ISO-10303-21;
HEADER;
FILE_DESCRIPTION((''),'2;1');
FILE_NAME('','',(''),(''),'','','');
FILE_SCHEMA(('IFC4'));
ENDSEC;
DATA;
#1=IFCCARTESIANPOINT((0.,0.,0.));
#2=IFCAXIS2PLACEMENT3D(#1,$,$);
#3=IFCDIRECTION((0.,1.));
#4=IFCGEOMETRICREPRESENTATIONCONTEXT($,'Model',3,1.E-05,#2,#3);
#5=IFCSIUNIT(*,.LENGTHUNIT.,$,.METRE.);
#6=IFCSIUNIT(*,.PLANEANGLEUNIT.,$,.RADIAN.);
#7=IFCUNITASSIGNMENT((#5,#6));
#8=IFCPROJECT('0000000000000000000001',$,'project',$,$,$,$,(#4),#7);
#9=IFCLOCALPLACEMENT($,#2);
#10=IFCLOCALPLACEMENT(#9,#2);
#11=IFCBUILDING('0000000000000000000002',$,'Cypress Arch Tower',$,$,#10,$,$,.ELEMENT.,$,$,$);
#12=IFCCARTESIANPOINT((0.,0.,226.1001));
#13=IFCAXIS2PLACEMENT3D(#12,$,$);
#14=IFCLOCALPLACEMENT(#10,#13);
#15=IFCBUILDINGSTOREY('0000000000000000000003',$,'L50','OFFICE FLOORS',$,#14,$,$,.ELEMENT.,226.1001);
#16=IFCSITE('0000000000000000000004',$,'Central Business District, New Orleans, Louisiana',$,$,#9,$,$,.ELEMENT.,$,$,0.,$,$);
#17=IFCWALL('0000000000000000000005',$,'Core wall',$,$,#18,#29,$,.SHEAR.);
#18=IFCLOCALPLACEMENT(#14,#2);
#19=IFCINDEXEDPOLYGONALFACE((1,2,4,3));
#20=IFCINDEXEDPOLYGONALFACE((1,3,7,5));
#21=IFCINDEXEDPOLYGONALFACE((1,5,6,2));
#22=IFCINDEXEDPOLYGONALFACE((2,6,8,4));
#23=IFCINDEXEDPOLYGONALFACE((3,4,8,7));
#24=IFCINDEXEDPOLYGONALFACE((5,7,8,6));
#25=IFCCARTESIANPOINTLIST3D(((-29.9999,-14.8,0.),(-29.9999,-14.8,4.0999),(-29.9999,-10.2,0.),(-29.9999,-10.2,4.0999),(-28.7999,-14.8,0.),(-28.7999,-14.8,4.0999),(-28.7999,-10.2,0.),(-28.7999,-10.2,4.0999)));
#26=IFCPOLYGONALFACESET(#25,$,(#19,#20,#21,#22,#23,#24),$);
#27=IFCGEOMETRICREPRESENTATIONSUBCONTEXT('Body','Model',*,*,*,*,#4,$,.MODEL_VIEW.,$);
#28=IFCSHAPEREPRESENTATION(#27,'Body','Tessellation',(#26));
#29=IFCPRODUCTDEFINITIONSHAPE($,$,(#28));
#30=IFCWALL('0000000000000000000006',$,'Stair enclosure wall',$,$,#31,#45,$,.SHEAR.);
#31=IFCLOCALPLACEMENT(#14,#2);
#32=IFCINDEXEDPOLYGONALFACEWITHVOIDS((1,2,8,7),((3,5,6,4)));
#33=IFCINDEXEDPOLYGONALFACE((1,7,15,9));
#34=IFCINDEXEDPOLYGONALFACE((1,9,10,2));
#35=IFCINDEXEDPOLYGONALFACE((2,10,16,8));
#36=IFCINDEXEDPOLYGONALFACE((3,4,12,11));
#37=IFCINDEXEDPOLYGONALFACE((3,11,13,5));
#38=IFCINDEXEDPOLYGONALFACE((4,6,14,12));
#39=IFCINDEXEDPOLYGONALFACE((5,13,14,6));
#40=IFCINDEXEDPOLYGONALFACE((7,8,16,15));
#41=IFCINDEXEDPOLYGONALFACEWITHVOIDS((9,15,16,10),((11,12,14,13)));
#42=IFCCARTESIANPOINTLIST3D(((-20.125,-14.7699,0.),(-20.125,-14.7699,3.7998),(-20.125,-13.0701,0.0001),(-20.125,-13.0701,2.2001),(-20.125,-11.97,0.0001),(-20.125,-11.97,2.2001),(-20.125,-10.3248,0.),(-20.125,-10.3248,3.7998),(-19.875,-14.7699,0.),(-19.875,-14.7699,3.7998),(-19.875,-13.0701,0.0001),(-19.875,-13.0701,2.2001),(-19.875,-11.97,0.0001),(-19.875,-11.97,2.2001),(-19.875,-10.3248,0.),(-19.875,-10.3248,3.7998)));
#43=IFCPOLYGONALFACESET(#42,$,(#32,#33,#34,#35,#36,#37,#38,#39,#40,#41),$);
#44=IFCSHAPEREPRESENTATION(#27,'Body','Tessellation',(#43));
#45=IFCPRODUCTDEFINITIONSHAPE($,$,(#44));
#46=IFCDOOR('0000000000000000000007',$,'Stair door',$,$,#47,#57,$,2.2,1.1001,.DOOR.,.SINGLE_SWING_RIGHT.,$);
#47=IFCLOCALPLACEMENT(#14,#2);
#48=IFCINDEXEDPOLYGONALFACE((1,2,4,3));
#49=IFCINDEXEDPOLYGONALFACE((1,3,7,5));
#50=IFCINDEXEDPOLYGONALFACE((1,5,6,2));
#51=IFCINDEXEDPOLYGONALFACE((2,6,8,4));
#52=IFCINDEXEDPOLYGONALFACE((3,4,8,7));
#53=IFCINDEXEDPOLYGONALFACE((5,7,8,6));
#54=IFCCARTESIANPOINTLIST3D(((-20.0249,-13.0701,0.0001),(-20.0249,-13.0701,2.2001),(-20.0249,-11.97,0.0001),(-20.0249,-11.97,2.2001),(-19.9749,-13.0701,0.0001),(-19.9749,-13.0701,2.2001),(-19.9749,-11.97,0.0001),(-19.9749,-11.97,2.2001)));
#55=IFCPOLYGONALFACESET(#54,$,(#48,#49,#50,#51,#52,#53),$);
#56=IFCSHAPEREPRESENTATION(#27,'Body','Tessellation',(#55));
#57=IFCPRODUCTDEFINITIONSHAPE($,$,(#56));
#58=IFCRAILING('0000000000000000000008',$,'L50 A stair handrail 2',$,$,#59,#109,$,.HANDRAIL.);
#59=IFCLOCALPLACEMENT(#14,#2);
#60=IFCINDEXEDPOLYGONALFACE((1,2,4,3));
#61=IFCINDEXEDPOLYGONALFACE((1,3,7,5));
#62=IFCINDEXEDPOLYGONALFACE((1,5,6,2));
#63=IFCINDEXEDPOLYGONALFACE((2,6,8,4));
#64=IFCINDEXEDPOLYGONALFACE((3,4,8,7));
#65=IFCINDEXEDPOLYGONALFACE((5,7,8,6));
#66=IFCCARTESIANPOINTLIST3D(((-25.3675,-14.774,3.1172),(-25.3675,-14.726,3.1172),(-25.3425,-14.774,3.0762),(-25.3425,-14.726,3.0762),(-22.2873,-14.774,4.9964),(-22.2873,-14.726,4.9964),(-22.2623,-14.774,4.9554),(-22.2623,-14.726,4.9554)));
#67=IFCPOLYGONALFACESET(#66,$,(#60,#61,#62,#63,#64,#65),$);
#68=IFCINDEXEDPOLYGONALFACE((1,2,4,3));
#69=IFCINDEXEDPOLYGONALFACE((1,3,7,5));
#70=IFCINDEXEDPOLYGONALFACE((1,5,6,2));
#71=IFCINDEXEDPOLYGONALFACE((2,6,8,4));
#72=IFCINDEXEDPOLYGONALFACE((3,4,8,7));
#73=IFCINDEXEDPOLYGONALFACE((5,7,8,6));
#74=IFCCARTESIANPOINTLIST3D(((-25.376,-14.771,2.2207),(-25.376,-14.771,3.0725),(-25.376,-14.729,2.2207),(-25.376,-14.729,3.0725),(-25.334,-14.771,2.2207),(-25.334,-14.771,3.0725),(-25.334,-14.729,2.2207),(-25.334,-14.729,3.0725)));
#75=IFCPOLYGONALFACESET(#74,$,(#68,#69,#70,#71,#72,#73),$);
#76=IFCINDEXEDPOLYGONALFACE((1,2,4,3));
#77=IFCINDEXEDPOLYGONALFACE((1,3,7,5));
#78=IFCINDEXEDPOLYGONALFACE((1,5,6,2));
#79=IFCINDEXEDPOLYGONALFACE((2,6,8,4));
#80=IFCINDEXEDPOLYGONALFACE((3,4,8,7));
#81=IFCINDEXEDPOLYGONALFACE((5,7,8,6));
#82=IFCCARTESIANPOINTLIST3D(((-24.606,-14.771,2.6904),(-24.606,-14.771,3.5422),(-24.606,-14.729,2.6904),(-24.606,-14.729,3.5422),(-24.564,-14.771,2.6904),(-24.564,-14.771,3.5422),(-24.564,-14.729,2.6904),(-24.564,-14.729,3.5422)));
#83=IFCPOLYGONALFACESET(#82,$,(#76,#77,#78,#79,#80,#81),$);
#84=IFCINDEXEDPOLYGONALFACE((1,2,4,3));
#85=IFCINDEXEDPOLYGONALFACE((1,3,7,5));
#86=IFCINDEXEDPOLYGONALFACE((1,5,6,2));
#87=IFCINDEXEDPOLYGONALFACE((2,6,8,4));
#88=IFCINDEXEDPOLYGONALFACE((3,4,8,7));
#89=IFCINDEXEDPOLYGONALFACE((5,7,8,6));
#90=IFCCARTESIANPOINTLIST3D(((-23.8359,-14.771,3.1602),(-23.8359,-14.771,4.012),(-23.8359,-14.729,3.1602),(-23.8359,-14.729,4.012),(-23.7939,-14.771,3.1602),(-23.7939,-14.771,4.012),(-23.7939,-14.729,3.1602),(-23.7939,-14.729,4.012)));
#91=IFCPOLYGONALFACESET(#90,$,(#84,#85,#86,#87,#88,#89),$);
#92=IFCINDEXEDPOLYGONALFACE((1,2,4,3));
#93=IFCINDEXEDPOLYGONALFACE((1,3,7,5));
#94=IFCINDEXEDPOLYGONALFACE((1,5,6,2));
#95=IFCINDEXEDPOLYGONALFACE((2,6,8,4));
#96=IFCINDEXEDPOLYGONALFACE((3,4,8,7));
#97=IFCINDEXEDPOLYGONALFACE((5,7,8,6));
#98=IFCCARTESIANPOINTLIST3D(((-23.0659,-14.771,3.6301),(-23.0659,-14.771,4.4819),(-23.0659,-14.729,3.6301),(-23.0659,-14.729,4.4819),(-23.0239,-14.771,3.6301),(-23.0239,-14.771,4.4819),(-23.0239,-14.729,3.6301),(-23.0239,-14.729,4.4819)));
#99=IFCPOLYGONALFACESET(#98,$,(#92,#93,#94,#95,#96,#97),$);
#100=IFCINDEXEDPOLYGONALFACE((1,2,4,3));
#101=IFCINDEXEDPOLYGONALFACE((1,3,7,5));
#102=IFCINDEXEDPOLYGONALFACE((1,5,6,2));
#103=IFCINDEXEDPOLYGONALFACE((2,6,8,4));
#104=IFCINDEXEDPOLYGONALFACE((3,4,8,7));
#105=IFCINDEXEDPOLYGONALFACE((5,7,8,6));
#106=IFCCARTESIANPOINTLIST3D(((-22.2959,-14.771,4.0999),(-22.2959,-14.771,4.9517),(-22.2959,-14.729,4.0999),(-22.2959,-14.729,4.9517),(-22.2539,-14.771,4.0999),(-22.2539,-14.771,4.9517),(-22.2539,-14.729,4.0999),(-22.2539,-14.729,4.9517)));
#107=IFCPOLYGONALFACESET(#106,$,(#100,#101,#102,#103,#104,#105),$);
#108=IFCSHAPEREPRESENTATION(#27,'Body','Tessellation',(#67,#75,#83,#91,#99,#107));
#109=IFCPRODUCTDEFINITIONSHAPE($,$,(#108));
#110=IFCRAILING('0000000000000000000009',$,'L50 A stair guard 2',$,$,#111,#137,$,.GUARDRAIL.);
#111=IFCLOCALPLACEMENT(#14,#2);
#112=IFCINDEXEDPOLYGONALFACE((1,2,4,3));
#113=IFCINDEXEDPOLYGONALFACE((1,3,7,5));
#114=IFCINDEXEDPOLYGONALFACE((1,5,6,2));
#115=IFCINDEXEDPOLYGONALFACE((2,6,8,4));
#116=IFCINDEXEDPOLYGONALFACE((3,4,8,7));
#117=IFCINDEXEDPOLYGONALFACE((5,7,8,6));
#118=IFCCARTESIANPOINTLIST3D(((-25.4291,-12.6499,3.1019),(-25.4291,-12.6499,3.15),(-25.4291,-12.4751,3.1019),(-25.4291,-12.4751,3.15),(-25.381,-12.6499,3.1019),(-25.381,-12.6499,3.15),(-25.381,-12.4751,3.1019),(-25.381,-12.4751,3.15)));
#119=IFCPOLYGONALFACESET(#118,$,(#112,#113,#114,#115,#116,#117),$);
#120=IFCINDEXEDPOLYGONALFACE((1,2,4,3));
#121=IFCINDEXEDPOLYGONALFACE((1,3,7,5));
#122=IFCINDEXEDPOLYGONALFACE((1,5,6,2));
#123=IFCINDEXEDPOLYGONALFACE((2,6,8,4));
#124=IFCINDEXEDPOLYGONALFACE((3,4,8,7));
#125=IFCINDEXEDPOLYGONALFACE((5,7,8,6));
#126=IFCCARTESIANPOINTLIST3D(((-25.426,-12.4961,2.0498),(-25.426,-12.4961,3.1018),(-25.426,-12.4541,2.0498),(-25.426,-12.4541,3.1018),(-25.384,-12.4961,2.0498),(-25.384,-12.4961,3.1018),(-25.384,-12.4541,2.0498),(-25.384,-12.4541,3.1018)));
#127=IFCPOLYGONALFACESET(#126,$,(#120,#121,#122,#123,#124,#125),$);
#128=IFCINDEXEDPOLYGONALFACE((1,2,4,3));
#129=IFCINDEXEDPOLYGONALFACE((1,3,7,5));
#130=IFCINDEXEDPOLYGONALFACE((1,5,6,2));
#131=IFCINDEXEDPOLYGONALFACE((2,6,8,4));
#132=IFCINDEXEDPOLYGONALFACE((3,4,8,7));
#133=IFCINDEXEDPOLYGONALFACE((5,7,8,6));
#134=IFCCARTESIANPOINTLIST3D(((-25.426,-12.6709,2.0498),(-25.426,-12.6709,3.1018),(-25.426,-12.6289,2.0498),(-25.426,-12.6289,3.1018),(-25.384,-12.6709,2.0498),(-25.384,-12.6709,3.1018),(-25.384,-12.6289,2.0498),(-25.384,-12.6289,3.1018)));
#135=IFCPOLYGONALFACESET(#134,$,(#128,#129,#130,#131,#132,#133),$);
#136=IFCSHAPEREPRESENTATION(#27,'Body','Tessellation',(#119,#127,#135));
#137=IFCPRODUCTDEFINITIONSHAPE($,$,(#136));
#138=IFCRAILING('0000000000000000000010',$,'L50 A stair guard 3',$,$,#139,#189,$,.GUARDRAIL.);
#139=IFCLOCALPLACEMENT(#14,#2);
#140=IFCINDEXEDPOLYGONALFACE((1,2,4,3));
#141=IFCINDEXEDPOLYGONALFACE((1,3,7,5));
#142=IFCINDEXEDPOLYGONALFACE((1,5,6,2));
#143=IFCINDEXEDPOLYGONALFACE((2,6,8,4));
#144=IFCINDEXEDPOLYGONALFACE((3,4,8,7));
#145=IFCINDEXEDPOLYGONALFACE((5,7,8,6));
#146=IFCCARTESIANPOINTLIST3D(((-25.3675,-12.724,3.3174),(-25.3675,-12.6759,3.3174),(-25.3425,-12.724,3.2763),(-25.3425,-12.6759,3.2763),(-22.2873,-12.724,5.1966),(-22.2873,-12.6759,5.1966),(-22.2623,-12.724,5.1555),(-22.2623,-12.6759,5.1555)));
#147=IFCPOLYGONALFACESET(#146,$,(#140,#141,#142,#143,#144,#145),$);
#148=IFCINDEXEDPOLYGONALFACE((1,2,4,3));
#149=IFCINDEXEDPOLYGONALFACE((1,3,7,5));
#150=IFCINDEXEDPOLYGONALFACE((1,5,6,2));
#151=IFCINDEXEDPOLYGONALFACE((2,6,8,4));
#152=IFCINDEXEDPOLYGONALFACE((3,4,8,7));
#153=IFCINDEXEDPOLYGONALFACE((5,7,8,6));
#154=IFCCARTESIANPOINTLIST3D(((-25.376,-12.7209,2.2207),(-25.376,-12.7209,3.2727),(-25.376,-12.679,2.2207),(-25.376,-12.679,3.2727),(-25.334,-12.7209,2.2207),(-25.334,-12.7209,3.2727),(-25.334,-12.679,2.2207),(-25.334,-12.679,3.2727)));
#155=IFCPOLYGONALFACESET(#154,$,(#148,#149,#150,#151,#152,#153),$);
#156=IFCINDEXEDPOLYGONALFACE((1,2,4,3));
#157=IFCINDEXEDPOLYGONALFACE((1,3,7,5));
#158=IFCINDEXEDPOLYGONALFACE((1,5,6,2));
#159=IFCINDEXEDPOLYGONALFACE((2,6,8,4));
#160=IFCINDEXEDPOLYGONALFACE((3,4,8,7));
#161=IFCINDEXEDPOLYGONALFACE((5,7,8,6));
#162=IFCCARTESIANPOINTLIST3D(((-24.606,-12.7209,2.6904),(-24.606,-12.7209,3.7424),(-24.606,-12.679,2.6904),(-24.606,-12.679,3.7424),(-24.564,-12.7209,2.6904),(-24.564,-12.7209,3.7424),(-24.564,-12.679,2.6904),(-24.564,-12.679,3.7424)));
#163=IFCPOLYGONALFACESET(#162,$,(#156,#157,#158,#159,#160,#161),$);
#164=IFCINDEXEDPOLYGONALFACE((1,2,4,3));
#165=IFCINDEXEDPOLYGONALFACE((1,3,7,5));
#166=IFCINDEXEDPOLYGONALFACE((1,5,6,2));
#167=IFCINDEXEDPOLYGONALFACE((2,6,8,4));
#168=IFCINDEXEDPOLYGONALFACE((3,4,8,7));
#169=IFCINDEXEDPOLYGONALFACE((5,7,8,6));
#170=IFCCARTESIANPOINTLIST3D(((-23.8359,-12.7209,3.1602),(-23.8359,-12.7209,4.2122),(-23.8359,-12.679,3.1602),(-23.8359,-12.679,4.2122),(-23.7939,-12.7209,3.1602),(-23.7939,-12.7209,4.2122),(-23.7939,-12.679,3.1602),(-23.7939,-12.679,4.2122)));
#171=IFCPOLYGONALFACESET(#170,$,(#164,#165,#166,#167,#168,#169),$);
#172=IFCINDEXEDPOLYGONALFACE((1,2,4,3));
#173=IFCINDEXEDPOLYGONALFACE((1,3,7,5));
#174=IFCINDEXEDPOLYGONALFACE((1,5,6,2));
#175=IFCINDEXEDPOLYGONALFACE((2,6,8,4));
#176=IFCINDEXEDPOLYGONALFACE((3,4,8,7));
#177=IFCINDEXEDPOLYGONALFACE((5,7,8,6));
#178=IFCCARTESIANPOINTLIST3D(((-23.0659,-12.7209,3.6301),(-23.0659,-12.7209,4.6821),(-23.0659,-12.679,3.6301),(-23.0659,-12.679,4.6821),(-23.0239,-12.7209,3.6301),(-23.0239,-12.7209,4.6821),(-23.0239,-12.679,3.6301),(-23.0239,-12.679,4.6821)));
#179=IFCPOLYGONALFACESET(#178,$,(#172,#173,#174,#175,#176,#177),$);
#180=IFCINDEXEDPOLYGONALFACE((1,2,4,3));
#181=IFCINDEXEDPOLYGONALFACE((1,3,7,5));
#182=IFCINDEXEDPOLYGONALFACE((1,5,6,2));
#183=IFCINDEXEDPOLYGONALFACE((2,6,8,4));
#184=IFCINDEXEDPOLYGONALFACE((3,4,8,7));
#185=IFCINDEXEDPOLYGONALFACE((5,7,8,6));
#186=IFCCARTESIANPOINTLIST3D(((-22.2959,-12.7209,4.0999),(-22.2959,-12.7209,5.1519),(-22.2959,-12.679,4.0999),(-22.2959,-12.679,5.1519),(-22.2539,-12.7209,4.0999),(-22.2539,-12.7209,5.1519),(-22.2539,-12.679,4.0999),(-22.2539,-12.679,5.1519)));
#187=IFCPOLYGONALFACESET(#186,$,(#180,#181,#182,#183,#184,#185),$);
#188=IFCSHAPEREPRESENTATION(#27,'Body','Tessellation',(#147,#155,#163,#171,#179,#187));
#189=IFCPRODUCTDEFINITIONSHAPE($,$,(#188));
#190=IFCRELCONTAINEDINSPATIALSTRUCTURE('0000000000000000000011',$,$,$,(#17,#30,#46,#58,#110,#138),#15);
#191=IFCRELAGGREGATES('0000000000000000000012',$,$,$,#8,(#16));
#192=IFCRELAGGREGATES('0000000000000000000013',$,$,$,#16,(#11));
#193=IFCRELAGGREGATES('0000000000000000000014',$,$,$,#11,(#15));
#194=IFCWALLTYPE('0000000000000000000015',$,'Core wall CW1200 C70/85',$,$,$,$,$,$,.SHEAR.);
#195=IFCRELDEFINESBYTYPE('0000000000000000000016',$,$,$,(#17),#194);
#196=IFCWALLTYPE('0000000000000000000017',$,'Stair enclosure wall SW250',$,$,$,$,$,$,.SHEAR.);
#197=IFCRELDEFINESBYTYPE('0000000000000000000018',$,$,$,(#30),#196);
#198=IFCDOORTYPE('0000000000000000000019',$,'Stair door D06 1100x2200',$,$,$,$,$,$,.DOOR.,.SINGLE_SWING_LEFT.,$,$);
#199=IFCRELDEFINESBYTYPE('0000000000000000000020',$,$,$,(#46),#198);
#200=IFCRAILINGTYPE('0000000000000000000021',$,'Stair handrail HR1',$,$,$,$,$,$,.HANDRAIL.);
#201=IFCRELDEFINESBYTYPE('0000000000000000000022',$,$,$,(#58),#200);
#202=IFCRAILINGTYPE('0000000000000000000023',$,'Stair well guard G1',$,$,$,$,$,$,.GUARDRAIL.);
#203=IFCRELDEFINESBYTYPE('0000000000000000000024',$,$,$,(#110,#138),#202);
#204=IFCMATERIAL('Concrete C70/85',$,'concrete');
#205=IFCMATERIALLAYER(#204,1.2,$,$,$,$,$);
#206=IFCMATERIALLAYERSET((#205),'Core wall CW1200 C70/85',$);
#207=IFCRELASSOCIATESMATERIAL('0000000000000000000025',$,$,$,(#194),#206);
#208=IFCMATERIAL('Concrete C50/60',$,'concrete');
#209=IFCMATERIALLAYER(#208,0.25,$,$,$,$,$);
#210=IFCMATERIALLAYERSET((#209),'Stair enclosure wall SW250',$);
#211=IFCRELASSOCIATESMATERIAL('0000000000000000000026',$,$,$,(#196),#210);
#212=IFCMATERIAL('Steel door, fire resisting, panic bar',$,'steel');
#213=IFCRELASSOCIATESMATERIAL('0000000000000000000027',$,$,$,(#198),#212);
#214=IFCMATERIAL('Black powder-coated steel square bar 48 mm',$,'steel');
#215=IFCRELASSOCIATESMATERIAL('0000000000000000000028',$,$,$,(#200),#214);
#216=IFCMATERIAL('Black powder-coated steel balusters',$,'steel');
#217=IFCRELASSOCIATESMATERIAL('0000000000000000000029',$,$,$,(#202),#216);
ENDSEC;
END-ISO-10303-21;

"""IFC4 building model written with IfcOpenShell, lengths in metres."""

from ifc_helpers import new_model, si_unit, direction, frame, frame_2d, origin, origin_2d, place, context, subcontext, project, spatial, rectangle, extrude, material, layer, layer_set, type_object, element, fill, save


model = new_model("IFC4")

# Units and contexts
model_context = context("Model", 3, precision=1e-05, world=origin(), true_north=direction((0.0, 1.0)))
body_context = subcontext(model_context, "Body", "Model", "MODEL_VIEW")
ifc_project = project(units=[si_unit("LENGTHUNIT", "METRE"), si_unit("PLANEANGLEUNIT", "RADIAN")], contexts=[model_context])

# Site, building, storey
site_placement = place(None, origin())
site = spatial("IfcSite", under=ifc_project, at=site_placement, Name="Central Business District, New Orleans, Louisiana", CompositionType="ELEMENT", RefElevation=0.0)
building_placement = place(site_placement, origin())
building = spatial("IfcBuilding", under=site, at=building_placement, Name="Cypress Arch Tower", CompositionType="ELEMENT")
storey_placement = place(building_placement, frame((0.0, 0.0, 226.1001)))
storey = spatial("IfcBuildingStorey", under=building, at=storey_placement, Name="L50", Description="OFFICE FLOORS", CompositionType="ELEMENT", Elevation=226.1001)

# Wall
ifc_material_1 = material(Name="Concrete C70/85", Category="concrete")
ifc_layer_1 = layer(ifc_material_1, 1.2)
ifc_layer_set_1 = layer_set([ifc_layer_1], Name="Core wall CW1200 C70/85")
wall_type_1 = type_object("IfcWallType", Name="Core wall CW1200 C70/85", PredefinedType="SHEAR", material=ifc_layer_set_1)
wall_1_placement = place(storey_placement, frame((-29.3999, -14.8, 0.0), z_axis=(0.0, 0.0, 1.0), x_axis=(0.0, 1.0, 0.0)))
element("IfcWall", 1, at=wall_1_placement, inside=storey, type_object=wall_type_1, Name="Core wall", PredefinedType="SHEAR", context=body_context, shape_type="SweptSolid", body=[
    extrude(rectangle(XDim=4.6001, YDim=1.2, at=frame_2d((2.3, 0.0))), origin(), (0.0, 0.0, 1.0), 4.0999),
])

# Wall, opening, door
ifc_material_2 = material(Name="Concrete C50/60", Category="concrete")
ifc_layer_2 = layer(ifc_material_2, 0.25)
ifc_layer_set_2 = layer_set([ifc_layer_2], Name="Stair enclosure wall SW250")
wall_type_2 = type_object("IfcWallType", Name="Stair enclosure wall SW250", PredefinedType="SHEAR", material=ifc_layer_set_2)
wall_2_placement = place(storey_placement, frame((-20.0, -14.77, 0.0), z_axis=(0.0, 0.0, 1.0), x_axis=(0.0, 1.0, 0.0)))
wall_2 = element("IfcWall", 2, at=wall_2_placement, inside=storey, type_object=wall_type_2, Name="Stair enclosure wall", PredefinedType="SHEAR", context=body_context, shape_type="SweptSolid", body=[
    extrude(rectangle(XDim=4.4451, YDim=0.25, at=frame_2d((2.2227, 0.0))), origin(), (0.0, 0.0, 1.0), 3.7998),
])
opening_1_placement = place(wall_2_placement, frame((1.7, 0.0, 0.0)))
opening_1 = element("IfcOpeningElement", 3, at=opening_1_placement, cuts=wall_2, PredefinedType="OPENING", context=body_context, shape_type="SweptSolid", body=[
    extrude(rectangle(XDim=1.1001, YDim=2.2, at=frame_2d((0.55, 1.1001))), frame((0.0, 0.135, 0.0), z_axis=(0.0, -1.0, 0.0), x_axis=(1.0, 0.0, 0.0)), (0.0, 0.0, 1.0), 0.27),
])
ifc_material_3 = material(Name="Steel door, fire resisting, panic bar", Category="steel")
door_type = type_object("IfcDoorType", Name="Stair door D06 1100x2200", OperationType="SINGLE_SWING_LEFT", PredefinedType="DOOR", material=ifc_material_3)
door_placement = place(opening_1_placement, origin())
door = element("IfcDoor", 4, at=door_placement, inside=storey, type_object=door_type, Name="Stair door", OperationType="SINGLE_SWING_RIGHT", OverallHeight=2.2, OverallWidth=1.1001, PredefinedType="DOOR", context=body_context, shape_type="SweptSolid", body=[
    extrude(rectangle(XDim=1.1001, YDim=2.2, at=frame_2d((0.55, 1.1001))), frame((0.0, 0.0249, 0.0), z_axis=(0.0, -1.0, 0.0), x_axis=(1.0, 0.0, 0.0)), (0.0, 0.0, 1.0), 0.05),
])
fill(opening_1, door)

# Railings
ifc_material_4 = material(Name="Black powder-coated steel square bar 48 mm", Category="steel")
railing_type_1 = type_object("IfcRailingType", Name="Stair handrail HR1", PredefinedType="HANDRAIL", material=ifc_material_4)
railing_1_placement = place(storey_placement, frame((-25.355, -14.75, 2.2207)))
element("IfcRailing", 5, at=railing_1_placement, inside=storey, type_object=railing_type_1, Name="L50 A stair handrail 2", PredefinedType="HANDRAIL", context=body_context, shape_type="SweptSolid", body=[
    extrude(rectangle(XDim=0.0481, YDim=0.0481, at=origin_2d()), frame((0.0, 0.0, 0.876), z_axis=(0.853666, 0.0, 0.52082), x_axis=(0.0, 1.0, 0.0)), (0.0, 0.0, 1.0), 3.6082),
    extrude(rectangle(XDim=0.042, YDim=0.042, at=origin_2d()), origin(), (0.0, 0.0, 1.0), 0.8518),
    extrude(rectangle(XDim=0.042, YDim=0.042, at=origin_2d()), frame((0.77, 0.0, 0.4697)), (0.0, 0.0, 1.0), 0.8518),
    extrude(rectangle(XDim=0.042, YDim=0.042, at=origin_2d()), frame((1.54, 0.0, 0.9395)), (0.0, 0.0, 1.0), 0.8518),
    extrude(rectangle(XDim=0.042, YDim=0.042, at=origin_2d()), frame((2.3101, 0.0, 1.4094)), (0.0, 0.0, 1.0), 0.8518),
    extrude(rectangle(XDim=0.042, YDim=0.042, at=origin_2d()), frame((3.0801, 0.0, 1.8792)), (0.0, 0.0, 1.0), 0.8518),
])
ifc_material_5 = material(Name="Black powder-coated steel balusters", Category="steel")
railing_type_2 = type_object("IfcRailingType", Name="Stair well guard G1", PredefinedType="GUARDRAIL", material=ifc_material_5)
railing_2_placement = place(storey_placement, frame((-25.405, -12.4751, 2.0498)))
element("IfcRailing", 6, at=railing_2_placement, inside=storey, type_object=railing_type_2, Name="L50 A stair guard 2", PredefinedType="GUARDRAIL", context=body_context, shape_type="SweptSolid", body=[
    extrude(rectangle(XDim=0.0481, YDim=0.0481, at=origin_2d()), frame((0.0, 0.0, 1.0762), z_axis=(0.0, -1.0, 0.0), x_axis=(1.0, 0.0, 0.0)), (0.0, 0.0, 1.0), 0.1748),
    extrude(rectangle(XDim=0.042, YDim=0.042, at=origin_2d()), origin(), (0.0, 0.0, 1.0), 1.052),
    extrude(rectangle(XDim=0.042, YDim=0.042, at=origin_2d()), frame((0.0, -0.1748, 0.0)), (0.0, 0.0, 1.0), 1.052),
])
railing_3_placement = place(storey_placement, frame((-25.355, -12.7, 2.2207)))
element("IfcRailing", 7, at=railing_3_placement, inside=storey, type_object=railing_type_2, Name="L50 A stair guard 3", PredefinedType="GUARDRAIL", context=body_context, shape_type="SweptSolid", body=[
    extrude(rectangle(XDim=0.0481, YDim=0.0481, at=origin_2d()), frame((0.0, 0.0, 1.0762), z_axis=(0.853666, 0.0, 0.52082), x_axis=(0.0, 1.0, 0.0)), (0.0, 0.0, 1.0), 3.6082),
    extrude(rectangle(XDim=0.042, YDim=0.042, at=origin_2d()), origin(), (0.0, 0.0, 1.0), 1.052),
    extrude(rectangle(XDim=0.042, YDim=0.042, at=origin_2d()), frame((0.77, 0.0, 0.4697)), (0.0, 0.0, 1.0), 1.052),
    extrude(rectangle(XDim=0.042, YDim=0.042, at=origin_2d()), frame((1.54, 0.0, 0.9395)), (0.0, 0.0, 1.0), 1.052),
    extrude(rectangle(XDim=0.042, YDim=0.042, at=origin_2d()), frame((2.3101, 0.0, 1.4094)), (0.0, 0.0, 1.0), 1.052),
    extrude(rectangle(XDim=0.042, YDim=0.042, at=origin_2d()), frame((3.0801, 0.0, 1.8792)), (0.0, 0.0, 1.0), 1.052),
])

save(model, "model.ifc")
